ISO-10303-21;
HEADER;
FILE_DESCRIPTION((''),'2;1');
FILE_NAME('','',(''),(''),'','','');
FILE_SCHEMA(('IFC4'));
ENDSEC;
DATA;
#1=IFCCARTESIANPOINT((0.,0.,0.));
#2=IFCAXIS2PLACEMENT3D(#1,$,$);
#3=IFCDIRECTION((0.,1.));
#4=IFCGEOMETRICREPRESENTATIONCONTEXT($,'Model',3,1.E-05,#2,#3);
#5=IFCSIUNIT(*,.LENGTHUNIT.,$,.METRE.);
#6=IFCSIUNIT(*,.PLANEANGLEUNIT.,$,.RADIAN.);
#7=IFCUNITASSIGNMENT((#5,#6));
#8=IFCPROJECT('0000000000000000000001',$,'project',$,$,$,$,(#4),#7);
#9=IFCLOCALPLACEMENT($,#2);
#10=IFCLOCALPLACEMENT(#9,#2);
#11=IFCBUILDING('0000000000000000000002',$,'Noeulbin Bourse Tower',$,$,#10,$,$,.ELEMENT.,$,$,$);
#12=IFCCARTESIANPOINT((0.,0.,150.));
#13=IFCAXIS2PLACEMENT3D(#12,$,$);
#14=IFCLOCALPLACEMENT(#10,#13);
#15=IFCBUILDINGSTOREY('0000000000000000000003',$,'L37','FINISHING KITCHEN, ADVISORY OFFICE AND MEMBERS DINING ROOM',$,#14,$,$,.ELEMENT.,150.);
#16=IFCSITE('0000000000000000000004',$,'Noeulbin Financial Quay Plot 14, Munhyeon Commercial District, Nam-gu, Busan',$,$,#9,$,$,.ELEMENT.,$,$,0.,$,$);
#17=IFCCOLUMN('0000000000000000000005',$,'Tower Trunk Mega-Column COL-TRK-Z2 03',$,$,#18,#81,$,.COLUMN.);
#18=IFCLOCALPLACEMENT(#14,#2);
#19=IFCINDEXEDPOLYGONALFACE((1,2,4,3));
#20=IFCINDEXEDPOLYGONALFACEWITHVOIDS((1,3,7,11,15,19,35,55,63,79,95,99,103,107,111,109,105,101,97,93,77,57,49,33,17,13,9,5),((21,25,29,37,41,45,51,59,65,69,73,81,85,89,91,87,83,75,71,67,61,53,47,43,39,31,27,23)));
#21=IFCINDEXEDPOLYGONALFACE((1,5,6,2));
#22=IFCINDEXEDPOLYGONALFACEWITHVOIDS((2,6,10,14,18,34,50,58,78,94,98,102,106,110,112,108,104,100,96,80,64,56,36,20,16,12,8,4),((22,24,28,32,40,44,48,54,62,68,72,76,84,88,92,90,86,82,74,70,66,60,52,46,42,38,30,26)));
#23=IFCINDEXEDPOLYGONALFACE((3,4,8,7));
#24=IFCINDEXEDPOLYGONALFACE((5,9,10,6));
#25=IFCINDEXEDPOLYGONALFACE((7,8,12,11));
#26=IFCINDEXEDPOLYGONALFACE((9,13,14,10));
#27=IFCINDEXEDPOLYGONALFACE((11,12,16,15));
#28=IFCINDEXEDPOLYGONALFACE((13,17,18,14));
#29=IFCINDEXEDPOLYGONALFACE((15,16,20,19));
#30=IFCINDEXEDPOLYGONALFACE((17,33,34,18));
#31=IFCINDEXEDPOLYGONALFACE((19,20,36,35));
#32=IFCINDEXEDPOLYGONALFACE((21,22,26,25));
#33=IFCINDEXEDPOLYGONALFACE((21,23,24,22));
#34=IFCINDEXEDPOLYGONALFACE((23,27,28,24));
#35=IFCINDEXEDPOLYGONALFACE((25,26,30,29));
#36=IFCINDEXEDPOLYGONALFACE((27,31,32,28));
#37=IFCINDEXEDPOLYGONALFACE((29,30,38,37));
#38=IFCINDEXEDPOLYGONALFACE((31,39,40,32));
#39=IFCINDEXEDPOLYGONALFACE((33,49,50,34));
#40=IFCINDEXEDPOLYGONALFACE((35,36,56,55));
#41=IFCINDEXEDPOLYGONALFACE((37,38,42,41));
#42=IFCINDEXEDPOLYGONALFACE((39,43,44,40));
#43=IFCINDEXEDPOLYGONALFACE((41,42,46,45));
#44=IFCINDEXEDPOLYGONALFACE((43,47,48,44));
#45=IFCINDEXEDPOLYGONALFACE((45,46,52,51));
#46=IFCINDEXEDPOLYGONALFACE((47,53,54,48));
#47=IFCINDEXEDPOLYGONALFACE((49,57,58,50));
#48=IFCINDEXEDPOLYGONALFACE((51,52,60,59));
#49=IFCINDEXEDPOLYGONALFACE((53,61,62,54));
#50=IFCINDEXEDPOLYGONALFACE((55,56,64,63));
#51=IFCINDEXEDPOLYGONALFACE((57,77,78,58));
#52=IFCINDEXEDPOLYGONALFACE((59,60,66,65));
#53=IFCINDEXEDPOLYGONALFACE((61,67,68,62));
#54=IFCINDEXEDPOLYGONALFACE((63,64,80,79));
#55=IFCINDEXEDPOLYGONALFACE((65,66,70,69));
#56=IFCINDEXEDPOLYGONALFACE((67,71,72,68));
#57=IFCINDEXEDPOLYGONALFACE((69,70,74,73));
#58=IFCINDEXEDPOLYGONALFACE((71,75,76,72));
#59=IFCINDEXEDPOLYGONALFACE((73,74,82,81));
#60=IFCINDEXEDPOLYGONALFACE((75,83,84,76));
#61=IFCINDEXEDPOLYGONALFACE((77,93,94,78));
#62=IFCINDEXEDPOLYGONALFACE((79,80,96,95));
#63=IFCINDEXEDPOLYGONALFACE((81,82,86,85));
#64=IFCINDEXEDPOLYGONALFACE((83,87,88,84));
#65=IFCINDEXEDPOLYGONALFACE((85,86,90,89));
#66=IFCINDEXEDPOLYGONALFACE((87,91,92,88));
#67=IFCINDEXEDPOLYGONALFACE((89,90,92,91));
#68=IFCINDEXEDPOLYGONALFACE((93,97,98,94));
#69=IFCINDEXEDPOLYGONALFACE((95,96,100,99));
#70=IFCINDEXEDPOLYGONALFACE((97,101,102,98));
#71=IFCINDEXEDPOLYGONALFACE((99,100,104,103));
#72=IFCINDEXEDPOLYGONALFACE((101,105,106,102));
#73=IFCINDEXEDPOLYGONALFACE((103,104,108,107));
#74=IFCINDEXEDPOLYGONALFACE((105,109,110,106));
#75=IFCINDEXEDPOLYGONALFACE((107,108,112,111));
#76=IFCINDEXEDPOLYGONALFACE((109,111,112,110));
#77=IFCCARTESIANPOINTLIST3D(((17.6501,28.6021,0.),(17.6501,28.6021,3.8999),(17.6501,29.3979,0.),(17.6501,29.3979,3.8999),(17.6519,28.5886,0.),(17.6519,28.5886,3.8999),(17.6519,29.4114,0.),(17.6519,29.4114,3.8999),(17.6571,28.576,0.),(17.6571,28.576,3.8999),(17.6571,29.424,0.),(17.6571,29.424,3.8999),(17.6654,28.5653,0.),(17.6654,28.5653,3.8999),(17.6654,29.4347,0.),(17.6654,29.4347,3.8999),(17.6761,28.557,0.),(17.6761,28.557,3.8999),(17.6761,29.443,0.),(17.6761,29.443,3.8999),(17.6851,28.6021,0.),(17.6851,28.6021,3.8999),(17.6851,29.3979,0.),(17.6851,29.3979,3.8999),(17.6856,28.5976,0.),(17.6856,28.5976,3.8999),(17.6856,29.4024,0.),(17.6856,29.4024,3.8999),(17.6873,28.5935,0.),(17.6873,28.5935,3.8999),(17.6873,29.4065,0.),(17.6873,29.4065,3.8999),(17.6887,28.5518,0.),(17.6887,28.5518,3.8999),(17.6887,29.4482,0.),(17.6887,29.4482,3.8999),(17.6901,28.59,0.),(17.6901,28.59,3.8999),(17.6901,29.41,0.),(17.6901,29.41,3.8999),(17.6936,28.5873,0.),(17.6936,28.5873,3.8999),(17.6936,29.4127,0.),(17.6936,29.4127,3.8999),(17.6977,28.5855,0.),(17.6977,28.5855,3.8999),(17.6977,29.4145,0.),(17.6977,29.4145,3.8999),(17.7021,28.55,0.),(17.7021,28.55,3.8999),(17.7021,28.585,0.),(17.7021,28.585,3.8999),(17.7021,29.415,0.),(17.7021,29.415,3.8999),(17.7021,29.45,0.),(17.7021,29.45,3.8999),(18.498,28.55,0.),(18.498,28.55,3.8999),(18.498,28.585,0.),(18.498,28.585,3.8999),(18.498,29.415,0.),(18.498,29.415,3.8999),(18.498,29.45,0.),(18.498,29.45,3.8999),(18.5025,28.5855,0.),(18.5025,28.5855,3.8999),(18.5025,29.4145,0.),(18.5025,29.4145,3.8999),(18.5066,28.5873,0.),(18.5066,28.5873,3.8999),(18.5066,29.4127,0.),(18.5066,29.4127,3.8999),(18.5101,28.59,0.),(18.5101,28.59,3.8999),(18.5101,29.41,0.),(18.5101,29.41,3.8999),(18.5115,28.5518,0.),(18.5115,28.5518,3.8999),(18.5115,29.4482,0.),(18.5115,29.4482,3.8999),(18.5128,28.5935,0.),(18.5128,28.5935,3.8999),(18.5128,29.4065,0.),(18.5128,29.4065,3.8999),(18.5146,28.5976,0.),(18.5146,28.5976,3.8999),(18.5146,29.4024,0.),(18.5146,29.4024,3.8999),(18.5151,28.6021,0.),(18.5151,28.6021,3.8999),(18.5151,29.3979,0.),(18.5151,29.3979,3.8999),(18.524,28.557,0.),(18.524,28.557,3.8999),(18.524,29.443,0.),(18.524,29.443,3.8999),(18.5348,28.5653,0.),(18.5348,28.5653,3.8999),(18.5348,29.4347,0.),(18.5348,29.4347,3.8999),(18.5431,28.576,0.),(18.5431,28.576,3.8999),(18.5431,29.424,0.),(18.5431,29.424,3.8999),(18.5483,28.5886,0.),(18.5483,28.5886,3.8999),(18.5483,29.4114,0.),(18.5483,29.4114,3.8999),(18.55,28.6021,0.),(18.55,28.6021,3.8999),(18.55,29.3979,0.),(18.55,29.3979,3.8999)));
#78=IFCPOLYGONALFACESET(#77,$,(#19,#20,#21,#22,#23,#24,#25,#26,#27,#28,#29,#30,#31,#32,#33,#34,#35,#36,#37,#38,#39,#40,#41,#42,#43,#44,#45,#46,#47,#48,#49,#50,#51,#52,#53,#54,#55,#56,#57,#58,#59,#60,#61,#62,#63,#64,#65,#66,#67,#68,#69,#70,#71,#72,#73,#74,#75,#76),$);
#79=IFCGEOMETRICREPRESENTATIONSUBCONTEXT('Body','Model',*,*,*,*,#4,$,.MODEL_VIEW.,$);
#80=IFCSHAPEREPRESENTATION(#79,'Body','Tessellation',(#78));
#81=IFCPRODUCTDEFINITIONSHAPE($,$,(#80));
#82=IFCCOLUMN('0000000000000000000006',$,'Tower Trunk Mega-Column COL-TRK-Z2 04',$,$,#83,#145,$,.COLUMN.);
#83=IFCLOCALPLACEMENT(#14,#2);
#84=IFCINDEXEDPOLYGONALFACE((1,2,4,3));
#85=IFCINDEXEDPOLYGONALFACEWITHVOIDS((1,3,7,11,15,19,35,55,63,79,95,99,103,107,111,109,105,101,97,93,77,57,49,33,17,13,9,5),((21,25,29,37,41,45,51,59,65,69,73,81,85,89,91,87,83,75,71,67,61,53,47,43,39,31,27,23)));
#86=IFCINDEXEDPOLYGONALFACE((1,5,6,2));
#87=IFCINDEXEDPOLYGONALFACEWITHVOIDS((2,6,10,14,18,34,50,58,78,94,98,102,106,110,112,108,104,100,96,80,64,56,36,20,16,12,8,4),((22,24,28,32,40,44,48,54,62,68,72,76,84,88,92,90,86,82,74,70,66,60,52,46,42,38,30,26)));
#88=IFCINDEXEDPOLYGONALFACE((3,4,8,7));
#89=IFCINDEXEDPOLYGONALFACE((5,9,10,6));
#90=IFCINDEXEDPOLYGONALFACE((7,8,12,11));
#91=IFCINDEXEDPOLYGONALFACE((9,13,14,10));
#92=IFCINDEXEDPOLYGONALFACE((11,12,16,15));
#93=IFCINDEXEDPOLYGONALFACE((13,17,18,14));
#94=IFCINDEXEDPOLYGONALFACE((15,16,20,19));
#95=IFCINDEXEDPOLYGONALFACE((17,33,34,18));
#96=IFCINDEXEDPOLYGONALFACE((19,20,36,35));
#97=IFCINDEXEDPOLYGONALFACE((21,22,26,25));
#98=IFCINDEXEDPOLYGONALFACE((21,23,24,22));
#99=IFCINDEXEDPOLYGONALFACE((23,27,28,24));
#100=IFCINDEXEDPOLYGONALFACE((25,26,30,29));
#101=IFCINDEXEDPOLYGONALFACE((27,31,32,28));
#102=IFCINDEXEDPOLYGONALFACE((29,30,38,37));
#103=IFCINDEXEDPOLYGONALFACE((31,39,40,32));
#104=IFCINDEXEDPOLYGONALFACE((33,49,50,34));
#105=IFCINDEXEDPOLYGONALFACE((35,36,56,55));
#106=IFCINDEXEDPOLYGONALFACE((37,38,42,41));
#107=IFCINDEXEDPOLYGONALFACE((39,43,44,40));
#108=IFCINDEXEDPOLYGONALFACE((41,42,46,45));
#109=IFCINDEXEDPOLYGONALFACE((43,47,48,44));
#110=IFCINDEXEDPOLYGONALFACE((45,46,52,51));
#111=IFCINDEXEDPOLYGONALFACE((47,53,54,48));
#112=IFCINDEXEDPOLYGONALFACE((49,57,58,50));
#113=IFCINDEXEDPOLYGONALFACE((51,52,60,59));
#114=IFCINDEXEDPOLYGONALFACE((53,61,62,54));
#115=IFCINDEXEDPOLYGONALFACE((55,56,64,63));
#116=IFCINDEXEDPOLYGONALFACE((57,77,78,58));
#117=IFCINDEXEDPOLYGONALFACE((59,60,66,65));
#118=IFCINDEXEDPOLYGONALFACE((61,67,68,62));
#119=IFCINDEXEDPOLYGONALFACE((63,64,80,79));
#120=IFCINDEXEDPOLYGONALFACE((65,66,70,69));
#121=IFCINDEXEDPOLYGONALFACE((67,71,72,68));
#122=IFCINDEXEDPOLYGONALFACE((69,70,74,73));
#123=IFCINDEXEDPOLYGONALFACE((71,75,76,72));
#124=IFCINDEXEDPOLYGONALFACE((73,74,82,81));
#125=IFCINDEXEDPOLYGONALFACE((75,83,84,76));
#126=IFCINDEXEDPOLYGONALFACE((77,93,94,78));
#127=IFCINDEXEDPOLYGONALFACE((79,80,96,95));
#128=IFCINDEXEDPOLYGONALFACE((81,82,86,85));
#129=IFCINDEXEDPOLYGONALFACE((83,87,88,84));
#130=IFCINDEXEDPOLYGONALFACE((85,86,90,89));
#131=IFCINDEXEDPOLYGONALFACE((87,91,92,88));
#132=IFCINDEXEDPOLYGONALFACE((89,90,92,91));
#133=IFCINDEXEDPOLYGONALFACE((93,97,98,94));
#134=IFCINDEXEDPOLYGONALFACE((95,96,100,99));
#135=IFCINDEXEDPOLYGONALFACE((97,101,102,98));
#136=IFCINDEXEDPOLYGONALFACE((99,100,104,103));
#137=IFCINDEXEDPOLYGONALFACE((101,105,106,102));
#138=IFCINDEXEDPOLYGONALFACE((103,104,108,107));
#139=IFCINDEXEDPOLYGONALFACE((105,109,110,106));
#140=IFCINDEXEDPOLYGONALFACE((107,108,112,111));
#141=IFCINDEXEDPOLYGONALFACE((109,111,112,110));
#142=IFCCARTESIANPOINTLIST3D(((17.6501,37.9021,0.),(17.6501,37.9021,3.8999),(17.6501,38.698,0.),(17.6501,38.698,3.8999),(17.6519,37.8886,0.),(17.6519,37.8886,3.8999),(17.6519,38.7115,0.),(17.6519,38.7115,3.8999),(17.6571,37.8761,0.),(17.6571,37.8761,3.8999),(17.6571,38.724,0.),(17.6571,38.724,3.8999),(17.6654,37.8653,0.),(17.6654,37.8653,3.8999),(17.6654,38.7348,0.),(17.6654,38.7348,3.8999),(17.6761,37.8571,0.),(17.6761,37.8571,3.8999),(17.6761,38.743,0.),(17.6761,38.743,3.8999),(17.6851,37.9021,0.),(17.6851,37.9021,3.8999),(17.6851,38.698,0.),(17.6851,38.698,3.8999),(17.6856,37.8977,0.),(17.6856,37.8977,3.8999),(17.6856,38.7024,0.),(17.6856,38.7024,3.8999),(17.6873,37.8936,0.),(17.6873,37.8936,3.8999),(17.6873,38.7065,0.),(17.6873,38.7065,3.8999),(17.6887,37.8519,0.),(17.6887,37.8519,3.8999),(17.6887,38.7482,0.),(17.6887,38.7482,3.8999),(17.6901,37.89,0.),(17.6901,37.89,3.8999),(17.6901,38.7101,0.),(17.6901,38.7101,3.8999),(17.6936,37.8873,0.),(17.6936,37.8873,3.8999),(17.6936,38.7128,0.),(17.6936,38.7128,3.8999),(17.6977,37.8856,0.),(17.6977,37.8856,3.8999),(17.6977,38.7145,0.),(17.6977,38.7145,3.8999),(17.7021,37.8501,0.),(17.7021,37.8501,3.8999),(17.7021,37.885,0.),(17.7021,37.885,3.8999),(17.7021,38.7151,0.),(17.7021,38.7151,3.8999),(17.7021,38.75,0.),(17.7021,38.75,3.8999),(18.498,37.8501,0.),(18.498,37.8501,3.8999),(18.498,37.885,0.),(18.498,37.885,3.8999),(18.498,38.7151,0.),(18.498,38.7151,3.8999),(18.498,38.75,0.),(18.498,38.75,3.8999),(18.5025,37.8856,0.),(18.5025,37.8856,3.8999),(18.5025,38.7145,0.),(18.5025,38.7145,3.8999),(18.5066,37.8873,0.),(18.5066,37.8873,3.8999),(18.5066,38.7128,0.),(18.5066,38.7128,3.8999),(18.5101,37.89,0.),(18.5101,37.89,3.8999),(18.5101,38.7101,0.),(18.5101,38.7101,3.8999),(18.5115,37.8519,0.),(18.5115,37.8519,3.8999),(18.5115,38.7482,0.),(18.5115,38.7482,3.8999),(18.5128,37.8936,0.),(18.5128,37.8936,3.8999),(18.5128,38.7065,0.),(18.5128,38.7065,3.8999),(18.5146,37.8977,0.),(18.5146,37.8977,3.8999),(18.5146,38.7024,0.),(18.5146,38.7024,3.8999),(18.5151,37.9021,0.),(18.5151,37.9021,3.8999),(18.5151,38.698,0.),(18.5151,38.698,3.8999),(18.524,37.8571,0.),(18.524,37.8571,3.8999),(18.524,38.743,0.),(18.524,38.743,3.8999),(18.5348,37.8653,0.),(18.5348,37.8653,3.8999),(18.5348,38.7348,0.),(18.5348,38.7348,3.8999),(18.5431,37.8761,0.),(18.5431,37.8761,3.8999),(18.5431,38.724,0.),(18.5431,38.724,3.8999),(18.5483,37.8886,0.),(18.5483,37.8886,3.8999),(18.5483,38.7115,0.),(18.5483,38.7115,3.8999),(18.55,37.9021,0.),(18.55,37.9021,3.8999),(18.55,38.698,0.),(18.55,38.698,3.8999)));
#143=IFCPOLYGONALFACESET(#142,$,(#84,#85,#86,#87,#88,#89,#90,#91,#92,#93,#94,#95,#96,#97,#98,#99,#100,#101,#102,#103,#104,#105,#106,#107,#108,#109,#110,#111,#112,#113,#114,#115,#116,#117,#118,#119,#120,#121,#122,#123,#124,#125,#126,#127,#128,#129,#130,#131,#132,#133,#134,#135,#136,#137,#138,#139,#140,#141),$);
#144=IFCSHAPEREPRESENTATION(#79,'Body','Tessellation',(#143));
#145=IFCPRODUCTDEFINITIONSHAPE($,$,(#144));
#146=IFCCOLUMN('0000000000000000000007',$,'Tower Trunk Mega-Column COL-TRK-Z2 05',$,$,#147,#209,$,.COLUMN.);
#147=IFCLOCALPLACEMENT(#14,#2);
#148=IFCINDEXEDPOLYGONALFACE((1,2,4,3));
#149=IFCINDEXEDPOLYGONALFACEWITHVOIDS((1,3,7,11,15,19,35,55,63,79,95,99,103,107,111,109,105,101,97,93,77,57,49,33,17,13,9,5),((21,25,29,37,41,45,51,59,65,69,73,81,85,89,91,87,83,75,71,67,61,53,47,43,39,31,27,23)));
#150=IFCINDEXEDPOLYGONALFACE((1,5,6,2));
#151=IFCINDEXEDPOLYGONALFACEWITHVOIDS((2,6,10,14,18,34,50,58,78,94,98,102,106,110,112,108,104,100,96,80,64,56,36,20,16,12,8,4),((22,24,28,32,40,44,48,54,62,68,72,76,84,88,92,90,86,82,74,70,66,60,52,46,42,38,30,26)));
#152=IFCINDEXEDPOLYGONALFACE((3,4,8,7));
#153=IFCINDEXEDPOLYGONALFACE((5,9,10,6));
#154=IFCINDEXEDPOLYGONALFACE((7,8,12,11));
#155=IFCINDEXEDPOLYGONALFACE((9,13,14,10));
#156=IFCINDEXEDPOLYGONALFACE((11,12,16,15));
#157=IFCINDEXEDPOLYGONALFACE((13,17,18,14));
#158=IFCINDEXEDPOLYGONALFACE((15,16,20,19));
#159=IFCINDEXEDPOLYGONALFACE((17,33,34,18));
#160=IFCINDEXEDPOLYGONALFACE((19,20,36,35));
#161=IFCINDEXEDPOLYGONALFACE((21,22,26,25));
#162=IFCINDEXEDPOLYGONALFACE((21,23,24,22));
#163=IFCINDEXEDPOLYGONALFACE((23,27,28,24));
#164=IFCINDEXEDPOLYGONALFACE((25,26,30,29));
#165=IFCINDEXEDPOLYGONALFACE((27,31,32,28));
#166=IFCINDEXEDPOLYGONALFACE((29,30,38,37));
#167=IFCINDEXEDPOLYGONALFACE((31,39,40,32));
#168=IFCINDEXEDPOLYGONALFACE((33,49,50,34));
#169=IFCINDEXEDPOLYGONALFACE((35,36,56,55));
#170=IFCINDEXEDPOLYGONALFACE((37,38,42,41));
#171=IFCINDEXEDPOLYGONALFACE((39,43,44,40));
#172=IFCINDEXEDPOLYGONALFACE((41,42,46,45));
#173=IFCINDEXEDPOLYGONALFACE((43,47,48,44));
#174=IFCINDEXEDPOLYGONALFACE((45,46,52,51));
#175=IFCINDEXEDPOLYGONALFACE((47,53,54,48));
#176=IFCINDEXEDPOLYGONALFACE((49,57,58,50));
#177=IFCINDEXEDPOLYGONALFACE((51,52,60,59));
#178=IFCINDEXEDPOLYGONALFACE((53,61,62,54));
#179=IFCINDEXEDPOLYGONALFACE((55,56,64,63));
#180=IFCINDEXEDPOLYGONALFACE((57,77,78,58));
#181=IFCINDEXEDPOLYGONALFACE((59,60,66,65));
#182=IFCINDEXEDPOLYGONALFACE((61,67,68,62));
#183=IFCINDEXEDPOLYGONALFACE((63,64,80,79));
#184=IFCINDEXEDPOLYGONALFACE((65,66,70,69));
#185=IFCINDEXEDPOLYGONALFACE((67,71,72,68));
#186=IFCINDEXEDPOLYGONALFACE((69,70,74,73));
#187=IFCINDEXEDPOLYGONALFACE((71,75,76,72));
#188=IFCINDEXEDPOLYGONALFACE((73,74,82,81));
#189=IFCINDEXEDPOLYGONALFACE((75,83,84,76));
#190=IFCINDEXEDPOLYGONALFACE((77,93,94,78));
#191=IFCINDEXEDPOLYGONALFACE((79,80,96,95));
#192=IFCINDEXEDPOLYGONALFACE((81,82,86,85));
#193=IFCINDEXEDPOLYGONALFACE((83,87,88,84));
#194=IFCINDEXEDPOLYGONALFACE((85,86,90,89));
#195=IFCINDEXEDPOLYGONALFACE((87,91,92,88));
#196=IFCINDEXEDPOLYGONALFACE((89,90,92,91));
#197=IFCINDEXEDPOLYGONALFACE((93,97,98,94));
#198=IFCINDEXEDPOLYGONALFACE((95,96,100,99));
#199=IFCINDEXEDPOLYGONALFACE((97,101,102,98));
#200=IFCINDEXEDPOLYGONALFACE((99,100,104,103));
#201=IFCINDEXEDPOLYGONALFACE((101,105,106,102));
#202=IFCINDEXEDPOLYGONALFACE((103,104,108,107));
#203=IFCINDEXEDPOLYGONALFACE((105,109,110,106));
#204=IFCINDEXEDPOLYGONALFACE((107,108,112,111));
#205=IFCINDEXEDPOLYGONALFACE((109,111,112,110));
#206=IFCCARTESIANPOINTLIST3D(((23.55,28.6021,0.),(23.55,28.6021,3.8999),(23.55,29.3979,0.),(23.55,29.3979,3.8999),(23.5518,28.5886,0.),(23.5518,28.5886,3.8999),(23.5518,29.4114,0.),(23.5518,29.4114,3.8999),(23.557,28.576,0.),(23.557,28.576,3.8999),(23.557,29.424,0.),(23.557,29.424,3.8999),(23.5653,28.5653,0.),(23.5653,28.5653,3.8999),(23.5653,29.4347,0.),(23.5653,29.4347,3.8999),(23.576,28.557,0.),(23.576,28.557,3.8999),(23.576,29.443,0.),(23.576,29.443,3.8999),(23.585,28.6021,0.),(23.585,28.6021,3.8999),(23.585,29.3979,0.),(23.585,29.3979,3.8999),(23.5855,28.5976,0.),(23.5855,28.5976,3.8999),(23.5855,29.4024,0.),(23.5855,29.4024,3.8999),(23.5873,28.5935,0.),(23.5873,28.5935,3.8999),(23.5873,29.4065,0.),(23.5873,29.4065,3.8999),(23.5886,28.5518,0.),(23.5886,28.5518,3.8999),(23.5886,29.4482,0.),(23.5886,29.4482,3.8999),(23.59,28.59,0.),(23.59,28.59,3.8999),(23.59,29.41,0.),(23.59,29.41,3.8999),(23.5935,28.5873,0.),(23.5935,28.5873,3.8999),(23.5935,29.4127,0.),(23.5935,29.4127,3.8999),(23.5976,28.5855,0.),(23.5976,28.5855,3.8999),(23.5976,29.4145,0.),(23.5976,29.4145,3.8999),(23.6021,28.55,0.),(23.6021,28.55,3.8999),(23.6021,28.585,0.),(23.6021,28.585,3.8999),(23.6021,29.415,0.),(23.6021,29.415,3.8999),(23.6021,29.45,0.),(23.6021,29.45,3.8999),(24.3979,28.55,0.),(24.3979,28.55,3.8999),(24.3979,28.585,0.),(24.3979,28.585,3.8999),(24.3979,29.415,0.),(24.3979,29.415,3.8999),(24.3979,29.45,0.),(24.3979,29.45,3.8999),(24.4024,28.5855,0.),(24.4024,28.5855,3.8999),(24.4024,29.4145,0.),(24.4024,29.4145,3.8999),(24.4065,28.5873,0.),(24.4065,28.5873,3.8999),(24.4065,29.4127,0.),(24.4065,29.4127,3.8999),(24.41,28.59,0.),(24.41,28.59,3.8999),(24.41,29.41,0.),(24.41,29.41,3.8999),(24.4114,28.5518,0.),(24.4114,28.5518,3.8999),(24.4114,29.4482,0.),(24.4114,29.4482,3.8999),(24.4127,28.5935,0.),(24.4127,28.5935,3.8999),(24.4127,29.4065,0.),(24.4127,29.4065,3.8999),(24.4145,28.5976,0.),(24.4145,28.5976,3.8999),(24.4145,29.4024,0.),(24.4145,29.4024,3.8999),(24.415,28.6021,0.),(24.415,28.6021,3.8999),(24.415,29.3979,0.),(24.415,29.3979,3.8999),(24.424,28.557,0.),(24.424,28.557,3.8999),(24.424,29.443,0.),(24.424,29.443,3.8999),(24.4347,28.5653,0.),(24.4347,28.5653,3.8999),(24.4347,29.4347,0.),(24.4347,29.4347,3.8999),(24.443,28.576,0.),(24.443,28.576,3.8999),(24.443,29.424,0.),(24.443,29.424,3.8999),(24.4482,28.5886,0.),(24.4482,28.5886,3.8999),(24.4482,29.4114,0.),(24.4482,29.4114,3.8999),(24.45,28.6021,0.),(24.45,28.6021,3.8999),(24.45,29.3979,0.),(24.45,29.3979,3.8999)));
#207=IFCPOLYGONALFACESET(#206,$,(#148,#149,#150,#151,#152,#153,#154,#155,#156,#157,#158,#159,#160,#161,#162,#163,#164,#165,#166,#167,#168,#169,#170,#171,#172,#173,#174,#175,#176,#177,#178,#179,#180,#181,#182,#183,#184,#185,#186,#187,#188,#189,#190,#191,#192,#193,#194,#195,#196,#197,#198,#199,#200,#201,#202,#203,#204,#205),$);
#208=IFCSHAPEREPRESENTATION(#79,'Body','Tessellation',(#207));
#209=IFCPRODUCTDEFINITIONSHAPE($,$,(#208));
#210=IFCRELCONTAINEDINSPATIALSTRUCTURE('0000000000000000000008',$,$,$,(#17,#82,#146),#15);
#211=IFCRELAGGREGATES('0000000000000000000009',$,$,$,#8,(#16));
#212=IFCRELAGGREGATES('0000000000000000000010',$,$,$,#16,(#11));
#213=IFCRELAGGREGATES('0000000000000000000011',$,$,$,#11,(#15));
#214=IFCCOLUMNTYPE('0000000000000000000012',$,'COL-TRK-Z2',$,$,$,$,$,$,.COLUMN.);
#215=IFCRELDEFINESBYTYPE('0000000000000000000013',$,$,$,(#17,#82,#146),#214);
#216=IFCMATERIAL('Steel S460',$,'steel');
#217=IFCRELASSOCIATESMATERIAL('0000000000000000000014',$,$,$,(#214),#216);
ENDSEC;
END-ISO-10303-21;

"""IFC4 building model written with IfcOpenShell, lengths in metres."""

from ifc_helpers import new_model, si_unit, direction, frame, origin, origin_2d, place, context, subcontext, project, spatial, hollow_rectangle, extrude, material, material_profile, profile_set, type_object, element, save


model = new_model("IFC4")

# Units and contexts
model_context = context("Model", 3, precision=1e-05, world=origin(), true_north=direction((0.0, 1.0)))
body_context = subcontext(model_context, "Body", "Model", "MODEL_VIEW")
ifc_project = project(units=[si_unit("LENGTHUNIT", "METRE"), si_unit("PLANEANGLEUNIT", "RADIAN")], contexts=[model_context])

# Site, building, storey
site_placement = place(None, origin())
site = spatial("IfcSite", under=ifc_project, at=site_placement, Name="Noeulbin Financial Quay Plot 14, Munhyeon Commercial District, Nam-gu, Busan", CompositionType="ELEMENT", RefElevation=0.0)
building_placement = place(site_placement, origin())
building = spatial("IfcBuilding", under=site, at=building_placement, Name="Noeulbin Bourse Tower", CompositionType="ELEMENT")
storey_placement = place(building_placement, frame((0.0, 0.0, 150.0)))
storey = spatial("IfcBuildingStorey", under=building, at=storey_placement, Name="L37", Description="FINISHING KITCHEN, ADVISORY OFFICE AND MEMBERS DINING ROOM", CompositionType="ELEMENT", Elevation=150.0)

# Columns
ifc_material_1 = material(Name="Steel S460", Category="steel")
ifc_material_profile_1 = material_profile(ifc_material_1, hollow_rectangle(XDim=0.8999, YDim=0.8999, WallThickness=0.0349, InnerFilletRadius=0.0171, OuterFilletRadius=0.052, at=origin_2d()), Name="BOX-900x900x35", Category="LoadBearing")
ifc_profile_set_1 = profile_set([ifc_material_profile_1], Name="Steel S460")
column_type = type_object("IfcColumnType", Name="COL-TRK-Z2", PredefinedType="COLUMN", material=ifc_profile_set_1)
for number, where, z_axis, x_axis, name in (
    (1, (18.1001, 29.0, 0.0), (0.0, 0.0, 1.0), (1.0, 0.0, 0.0), "Tower Trunk Mega-Column COL-TRK-Z2 03"),
    (2, (18.1001, 38.3, 0.0), (0.0, 0.0, 1.0), (1.0, 0.0, 0.0), "Tower Trunk Mega-Column COL-TRK-Z2 04"),
    (3, (24.0, 29.0, 0.0), (0.0, 0.0, 1.0), (1.0, 0.0, 0.0), "Tower Trunk Mega-Column COL-TRK-Z2 05"),
):
    element("IfcColumn", number, at=place(storey_placement, frame(where, z_axis=z_axis, x_axis=x_axis)), inside=storey, type_object=column_type, Name=name, PredefinedType="COLUMN", context=body_context, shape_type="SweptSolid", body=[
        extrude(hollow_rectangle(XDim=0.8999, YDim=0.8999, WallThickness=0.0349, InnerFilletRadius=0.0171, OuterFilletRadius=0.052, at=origin_2d()), origin(), (0.0, 0.0, 1.0), 3.8999),
    ])

save(model, "model.ifc")
